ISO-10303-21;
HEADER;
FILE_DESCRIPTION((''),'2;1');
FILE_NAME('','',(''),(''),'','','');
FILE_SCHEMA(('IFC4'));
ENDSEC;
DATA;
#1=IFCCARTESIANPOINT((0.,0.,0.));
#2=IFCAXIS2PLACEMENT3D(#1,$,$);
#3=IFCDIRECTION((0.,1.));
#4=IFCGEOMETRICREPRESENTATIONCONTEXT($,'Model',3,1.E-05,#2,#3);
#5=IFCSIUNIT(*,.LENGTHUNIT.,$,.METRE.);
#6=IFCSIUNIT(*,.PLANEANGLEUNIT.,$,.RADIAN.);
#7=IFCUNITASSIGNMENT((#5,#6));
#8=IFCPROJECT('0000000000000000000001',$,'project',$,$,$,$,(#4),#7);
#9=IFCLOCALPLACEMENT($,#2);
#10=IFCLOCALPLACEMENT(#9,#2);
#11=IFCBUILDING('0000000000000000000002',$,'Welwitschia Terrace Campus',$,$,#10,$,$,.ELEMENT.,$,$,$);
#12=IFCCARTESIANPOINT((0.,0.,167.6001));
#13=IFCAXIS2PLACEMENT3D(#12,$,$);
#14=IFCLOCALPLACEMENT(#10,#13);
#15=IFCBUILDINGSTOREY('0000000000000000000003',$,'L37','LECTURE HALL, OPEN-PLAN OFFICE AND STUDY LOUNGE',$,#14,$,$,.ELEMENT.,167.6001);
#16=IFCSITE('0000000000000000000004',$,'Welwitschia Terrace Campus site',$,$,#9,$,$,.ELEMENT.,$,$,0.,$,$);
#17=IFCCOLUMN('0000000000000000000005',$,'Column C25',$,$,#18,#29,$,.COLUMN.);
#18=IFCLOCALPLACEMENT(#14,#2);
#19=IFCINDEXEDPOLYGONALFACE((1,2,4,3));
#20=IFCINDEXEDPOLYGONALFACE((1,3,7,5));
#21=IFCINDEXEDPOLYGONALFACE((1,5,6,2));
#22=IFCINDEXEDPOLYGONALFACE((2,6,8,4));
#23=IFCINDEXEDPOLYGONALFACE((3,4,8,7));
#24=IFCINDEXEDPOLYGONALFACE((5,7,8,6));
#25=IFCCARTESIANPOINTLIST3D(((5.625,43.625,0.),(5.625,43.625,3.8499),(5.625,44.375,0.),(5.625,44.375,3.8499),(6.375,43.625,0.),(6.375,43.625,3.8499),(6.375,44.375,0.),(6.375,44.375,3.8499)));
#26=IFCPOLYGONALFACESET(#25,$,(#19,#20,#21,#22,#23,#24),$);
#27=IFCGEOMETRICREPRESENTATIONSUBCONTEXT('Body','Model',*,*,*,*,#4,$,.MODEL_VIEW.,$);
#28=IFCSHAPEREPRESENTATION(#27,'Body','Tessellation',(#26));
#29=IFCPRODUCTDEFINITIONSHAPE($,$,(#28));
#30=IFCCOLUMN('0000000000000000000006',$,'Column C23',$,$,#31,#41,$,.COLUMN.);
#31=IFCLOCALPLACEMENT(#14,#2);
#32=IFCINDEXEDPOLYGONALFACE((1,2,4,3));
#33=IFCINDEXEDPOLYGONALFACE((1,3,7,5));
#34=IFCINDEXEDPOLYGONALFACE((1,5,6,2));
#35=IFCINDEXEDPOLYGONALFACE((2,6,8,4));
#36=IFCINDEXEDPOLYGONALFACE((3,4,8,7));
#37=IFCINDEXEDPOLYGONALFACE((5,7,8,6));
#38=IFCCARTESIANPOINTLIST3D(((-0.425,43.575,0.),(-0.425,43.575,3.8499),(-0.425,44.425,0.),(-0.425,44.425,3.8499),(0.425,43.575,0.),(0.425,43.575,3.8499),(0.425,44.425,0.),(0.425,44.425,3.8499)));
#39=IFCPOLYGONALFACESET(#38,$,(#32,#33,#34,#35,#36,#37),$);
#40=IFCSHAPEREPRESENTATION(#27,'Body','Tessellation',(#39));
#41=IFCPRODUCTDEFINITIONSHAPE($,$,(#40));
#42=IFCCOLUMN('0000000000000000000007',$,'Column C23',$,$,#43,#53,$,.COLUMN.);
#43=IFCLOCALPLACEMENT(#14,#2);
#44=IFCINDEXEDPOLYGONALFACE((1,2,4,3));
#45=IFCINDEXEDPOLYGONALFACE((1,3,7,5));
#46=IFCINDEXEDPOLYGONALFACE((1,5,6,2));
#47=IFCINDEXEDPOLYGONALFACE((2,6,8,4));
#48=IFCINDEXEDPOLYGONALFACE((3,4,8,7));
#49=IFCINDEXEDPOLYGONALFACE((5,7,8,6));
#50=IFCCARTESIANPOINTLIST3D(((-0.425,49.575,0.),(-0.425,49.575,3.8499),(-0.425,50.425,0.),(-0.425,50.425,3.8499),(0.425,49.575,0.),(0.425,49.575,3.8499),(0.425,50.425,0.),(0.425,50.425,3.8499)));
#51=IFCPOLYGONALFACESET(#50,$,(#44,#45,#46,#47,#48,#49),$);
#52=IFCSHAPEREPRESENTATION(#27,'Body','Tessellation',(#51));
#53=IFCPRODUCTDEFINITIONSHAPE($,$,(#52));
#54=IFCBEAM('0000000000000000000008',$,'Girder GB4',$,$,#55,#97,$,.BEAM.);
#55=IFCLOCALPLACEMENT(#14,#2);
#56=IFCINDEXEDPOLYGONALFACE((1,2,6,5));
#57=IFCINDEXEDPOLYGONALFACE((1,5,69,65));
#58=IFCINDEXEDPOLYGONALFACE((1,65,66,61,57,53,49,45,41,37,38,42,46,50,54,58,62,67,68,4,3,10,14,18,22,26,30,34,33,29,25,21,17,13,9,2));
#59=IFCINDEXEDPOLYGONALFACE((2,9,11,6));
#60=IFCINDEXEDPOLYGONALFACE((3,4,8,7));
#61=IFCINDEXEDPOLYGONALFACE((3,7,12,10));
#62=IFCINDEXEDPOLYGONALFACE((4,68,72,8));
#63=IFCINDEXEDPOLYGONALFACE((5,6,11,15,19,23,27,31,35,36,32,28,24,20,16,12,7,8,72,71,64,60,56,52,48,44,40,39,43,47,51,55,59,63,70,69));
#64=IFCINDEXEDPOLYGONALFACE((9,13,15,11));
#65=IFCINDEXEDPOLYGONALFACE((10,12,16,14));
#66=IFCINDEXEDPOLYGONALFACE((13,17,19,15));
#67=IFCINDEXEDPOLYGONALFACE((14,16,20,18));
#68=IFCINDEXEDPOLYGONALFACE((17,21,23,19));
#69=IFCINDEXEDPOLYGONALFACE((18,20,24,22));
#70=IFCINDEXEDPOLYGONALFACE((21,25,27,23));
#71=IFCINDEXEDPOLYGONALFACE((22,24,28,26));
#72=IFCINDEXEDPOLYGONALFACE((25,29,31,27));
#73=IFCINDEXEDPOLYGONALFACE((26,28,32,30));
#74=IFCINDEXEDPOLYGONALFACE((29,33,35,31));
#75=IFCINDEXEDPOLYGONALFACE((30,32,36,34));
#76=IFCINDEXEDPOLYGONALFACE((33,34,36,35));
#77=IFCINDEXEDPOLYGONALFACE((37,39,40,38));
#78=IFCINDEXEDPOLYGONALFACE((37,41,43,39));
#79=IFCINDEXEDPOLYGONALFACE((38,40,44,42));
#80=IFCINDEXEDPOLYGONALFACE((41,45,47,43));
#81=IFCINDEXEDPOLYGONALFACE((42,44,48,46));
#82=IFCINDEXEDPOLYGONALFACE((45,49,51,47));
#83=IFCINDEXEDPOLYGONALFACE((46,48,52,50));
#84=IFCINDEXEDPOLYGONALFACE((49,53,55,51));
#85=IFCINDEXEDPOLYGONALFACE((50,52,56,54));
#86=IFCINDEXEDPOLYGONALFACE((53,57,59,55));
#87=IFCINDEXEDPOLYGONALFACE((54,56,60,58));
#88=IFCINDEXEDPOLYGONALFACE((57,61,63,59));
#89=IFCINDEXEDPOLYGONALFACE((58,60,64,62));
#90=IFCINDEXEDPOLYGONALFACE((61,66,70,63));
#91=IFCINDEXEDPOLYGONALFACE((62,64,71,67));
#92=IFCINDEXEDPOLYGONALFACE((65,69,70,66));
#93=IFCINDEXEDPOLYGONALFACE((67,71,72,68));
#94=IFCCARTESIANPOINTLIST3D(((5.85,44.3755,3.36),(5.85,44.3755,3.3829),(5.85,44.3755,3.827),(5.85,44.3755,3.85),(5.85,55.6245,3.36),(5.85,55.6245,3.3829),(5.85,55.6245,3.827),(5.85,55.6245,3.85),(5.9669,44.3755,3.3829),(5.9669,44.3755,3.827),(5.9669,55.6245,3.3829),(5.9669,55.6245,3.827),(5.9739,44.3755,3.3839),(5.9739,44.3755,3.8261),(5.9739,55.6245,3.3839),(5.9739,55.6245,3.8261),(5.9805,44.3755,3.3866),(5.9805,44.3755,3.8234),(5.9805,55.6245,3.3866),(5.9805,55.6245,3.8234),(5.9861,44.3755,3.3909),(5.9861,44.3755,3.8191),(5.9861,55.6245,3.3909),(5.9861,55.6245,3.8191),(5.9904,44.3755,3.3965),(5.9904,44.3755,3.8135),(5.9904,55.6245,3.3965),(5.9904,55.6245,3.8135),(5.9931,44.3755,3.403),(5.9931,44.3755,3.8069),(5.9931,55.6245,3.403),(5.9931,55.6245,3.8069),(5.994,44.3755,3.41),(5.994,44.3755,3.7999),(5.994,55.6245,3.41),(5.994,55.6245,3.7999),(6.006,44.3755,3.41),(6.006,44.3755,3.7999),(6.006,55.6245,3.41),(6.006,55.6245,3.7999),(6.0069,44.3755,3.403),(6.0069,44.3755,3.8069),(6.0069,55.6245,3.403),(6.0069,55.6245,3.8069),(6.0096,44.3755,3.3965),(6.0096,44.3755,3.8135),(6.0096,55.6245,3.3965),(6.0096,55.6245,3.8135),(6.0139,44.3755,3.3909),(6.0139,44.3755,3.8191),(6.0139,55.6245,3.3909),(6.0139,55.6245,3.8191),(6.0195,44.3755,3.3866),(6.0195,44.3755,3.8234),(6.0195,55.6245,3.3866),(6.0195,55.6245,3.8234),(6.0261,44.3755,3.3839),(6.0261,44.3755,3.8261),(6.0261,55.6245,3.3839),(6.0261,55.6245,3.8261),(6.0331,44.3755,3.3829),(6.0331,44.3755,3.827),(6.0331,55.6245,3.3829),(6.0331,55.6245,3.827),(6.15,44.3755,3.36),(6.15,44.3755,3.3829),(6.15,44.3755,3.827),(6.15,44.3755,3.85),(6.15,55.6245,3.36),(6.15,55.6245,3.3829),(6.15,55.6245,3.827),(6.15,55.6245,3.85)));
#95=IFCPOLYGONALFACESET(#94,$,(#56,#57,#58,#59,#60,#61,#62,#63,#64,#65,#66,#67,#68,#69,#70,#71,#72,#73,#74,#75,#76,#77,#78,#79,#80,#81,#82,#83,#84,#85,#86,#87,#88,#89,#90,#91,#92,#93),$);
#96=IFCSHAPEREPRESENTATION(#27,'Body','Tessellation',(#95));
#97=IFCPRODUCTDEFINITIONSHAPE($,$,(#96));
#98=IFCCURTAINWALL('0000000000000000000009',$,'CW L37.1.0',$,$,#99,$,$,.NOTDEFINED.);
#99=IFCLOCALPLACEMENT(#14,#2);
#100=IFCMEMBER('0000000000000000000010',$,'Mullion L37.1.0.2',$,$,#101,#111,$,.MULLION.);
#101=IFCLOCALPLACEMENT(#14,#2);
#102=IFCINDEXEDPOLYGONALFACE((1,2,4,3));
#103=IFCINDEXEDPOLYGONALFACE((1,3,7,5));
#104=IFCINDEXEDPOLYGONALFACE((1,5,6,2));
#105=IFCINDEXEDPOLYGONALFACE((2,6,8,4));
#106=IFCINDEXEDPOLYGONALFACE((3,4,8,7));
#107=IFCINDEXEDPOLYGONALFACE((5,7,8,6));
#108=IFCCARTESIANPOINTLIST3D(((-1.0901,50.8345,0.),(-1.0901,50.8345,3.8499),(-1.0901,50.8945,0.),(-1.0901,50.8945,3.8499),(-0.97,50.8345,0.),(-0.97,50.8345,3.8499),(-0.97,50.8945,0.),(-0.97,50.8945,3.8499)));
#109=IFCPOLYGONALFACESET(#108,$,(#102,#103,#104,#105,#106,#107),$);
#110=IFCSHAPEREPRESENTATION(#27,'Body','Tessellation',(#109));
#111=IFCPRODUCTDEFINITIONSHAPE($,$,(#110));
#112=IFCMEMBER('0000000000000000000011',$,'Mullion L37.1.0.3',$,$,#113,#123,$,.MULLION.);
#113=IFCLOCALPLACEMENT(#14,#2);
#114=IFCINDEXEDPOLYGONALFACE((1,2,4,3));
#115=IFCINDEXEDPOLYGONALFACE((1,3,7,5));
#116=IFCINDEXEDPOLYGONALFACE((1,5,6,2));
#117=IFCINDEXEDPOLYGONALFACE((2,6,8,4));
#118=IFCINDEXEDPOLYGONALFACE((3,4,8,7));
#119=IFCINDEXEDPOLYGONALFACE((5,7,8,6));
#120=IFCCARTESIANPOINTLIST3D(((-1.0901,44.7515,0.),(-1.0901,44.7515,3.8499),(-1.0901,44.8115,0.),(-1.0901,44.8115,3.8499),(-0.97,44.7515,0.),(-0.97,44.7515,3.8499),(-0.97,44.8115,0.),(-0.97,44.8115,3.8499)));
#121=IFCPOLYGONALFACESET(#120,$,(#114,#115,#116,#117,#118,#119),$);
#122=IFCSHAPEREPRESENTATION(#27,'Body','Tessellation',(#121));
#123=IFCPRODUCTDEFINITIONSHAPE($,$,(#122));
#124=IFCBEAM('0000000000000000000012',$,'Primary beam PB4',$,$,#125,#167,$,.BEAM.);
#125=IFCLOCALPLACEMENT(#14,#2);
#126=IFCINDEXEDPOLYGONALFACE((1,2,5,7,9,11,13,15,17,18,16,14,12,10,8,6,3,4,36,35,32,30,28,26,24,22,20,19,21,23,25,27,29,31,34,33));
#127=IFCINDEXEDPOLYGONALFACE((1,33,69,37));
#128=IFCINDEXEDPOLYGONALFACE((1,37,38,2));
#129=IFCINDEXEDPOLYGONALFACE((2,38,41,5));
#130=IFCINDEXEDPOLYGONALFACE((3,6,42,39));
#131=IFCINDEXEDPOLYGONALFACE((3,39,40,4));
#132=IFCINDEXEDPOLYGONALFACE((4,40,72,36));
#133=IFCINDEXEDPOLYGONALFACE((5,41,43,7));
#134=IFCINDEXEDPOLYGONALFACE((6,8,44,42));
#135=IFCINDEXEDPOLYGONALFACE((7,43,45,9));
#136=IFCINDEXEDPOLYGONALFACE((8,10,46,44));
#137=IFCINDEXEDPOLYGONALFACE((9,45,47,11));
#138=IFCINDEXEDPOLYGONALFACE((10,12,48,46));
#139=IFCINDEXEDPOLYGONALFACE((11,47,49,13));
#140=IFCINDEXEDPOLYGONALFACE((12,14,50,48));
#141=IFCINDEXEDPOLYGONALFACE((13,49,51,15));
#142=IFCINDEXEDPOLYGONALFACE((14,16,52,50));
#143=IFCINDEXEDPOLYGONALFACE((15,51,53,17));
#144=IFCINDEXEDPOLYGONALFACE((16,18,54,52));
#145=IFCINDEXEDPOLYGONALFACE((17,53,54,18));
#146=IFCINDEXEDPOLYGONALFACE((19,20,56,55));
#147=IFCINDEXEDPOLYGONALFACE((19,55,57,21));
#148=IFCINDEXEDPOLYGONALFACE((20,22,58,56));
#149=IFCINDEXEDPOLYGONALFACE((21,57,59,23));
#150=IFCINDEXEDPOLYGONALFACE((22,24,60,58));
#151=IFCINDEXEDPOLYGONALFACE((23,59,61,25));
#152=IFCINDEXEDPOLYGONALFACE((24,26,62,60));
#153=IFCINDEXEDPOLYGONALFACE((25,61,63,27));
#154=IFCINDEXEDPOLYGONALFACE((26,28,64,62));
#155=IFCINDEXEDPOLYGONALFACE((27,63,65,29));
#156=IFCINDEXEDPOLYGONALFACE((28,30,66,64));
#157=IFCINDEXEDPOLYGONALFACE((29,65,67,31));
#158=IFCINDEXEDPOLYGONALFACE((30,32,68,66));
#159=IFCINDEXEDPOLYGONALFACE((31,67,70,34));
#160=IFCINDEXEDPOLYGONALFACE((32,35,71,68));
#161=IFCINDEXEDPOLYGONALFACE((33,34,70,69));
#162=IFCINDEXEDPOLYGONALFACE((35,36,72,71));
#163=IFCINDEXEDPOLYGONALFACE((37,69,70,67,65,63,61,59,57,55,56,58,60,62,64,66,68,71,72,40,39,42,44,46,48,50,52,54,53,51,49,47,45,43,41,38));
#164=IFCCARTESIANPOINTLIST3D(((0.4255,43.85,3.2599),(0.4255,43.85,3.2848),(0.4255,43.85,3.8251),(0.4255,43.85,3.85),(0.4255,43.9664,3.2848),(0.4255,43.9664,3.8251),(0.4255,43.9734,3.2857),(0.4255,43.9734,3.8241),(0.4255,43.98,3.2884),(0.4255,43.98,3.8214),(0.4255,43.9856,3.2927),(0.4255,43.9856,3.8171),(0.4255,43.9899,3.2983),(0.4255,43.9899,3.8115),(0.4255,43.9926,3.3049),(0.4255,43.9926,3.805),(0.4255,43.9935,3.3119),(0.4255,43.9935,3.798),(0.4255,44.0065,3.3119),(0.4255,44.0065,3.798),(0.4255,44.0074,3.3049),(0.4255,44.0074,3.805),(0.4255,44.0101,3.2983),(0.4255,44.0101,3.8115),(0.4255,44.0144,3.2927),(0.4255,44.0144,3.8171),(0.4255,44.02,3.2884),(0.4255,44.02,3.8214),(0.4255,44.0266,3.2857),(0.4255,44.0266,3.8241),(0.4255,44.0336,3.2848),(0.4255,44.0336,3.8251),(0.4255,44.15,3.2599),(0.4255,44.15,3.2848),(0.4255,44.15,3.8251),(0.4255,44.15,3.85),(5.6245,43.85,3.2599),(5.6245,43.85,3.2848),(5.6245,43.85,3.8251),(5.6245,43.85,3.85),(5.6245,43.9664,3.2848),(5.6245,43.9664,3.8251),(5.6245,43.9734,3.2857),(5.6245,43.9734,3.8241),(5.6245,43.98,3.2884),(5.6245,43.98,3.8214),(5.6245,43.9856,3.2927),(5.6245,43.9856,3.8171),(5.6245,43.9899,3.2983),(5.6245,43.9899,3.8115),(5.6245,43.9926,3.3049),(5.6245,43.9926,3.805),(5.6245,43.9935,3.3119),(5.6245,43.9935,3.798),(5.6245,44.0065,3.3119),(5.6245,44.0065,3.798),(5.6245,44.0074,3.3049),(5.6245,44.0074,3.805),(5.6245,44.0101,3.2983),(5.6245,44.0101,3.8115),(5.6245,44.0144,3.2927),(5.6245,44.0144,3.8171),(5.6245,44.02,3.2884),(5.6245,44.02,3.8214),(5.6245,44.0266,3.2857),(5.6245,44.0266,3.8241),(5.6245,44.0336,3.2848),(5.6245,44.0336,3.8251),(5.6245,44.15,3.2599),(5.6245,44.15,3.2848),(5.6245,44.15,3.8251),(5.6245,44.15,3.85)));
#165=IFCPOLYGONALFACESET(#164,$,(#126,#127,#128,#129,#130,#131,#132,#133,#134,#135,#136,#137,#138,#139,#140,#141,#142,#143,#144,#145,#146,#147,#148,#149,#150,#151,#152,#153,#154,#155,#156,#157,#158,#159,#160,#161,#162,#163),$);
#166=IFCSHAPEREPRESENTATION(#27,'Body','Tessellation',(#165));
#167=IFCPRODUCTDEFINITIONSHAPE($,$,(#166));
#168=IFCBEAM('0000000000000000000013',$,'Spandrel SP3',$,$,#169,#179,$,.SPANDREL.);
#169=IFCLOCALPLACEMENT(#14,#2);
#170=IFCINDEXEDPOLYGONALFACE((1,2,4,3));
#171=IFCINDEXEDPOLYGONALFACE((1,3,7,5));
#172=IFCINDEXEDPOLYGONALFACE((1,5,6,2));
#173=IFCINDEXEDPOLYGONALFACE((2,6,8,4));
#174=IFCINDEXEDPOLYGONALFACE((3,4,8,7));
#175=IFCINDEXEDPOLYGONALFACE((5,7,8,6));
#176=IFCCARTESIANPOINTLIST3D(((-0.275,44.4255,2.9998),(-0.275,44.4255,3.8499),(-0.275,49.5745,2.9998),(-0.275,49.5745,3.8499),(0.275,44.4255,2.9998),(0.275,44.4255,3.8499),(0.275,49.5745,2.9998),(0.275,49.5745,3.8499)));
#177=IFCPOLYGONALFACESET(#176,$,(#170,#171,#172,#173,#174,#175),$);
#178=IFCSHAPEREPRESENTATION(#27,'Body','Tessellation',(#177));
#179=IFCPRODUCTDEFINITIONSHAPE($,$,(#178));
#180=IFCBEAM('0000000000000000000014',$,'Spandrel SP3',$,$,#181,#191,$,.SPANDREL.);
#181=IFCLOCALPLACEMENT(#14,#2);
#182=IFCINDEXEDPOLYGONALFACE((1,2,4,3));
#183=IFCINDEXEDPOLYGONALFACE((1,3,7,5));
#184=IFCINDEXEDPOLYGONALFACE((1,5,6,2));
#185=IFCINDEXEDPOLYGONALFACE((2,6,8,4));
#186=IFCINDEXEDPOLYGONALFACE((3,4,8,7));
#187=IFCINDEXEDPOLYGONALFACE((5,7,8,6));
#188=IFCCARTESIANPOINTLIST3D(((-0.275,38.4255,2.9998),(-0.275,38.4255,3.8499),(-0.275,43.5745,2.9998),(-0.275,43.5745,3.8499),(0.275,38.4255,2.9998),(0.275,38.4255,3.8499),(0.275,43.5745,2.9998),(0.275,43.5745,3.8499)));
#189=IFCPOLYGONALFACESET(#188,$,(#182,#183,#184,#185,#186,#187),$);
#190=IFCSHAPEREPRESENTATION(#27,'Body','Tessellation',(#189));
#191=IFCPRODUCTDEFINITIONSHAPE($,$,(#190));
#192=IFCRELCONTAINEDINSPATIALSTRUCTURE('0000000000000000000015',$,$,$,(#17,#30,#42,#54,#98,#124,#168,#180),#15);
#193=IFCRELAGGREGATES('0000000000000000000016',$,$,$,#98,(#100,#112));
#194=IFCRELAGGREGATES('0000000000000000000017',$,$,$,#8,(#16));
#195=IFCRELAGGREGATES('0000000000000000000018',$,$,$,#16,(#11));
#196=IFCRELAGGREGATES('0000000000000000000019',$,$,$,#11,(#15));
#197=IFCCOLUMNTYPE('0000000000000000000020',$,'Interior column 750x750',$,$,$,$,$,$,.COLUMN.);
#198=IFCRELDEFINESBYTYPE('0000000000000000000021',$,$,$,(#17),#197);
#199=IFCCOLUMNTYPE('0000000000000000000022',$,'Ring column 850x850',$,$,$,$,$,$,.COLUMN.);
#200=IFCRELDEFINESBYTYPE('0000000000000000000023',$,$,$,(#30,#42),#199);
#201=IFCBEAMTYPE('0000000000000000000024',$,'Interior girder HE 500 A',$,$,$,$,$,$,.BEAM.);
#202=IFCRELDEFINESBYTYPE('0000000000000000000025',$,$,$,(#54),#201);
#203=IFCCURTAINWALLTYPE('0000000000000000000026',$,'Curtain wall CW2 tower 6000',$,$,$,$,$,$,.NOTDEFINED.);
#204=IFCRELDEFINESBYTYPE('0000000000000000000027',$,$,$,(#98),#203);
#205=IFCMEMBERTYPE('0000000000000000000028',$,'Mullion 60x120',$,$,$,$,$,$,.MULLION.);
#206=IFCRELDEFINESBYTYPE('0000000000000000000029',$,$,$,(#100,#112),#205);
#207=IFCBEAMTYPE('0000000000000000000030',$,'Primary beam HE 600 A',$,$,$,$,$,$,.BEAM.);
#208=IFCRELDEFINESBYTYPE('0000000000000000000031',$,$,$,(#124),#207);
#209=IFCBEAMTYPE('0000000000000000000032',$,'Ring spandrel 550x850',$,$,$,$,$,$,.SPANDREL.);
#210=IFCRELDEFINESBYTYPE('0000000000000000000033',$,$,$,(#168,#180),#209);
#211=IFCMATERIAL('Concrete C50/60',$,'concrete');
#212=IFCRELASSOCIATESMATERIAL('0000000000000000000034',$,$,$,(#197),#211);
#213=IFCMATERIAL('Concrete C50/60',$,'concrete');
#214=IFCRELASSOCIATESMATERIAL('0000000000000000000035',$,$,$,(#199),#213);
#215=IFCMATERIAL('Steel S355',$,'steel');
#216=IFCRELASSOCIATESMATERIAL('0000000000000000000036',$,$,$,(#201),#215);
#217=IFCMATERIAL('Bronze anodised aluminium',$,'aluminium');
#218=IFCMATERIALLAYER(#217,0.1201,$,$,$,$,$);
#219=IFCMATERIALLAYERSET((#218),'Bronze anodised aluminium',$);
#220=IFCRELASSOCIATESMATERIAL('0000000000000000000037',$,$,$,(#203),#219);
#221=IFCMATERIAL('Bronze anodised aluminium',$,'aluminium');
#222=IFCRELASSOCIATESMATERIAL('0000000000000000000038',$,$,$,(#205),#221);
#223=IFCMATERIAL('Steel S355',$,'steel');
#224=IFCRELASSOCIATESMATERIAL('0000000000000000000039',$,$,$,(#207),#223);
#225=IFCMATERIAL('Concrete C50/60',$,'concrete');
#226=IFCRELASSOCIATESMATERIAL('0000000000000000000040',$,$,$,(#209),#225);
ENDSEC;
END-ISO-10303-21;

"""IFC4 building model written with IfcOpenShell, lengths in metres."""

from ifc_helpers import new_model, si_unit, direction, frame, origin, origin_2d, place, context, subcontext, project, spatial, rectangle, i_section, extrude, material, layer, layer_set, material_profile, profile_set, type_object, element, aggregate, save


model = new_model("IFC4")

# Units and contexts
model_context = context("Model", 3, precision=1e-05, world=origin(), true_north=direction((0.0, 1.0)))
body_context = subcontext(model_context, "Body", "Model", "MODEL_VIEW")
ifc_project = project(units=[si_unit("LENGTHUNIT", "METRE"), si_unit("PLANEANGLEUNIT", "RADIAN")], contexts=[model_context])

# Site, building, storey
site_placement = place(None, origin())
site = spatial("IfcSite", under=ifc_project, at=site_placement, Name="Welwitschia Terrace Campus site", CompositionType="ELEMENT", RefElevation=0.0)
building_placement = place(site_placement, origin())
building = spatial("IfcBuilding", under=site, at=building_placement, Name="Welwitschia Terrace Campus", CompositionType="ELEMENT")
storey_placement = place(building_placement, frame((0.0, 0.0, 167.6001)))
storey = spatial("IfcBuildingStorey", under=building, at=storey_placement, Name="L37", Description="LECTURE HALL, OPEN-PLAN OFFICE AND STUDY LOUNGE", CompositionType="ELEMENT", Elevation=167.6001)

# Columns
ifc_material_1 = material(Name="Concrete C50/60", Category="concrete")
ifc_material_profile_1 = material_profile(ifc_material_1, rectangle(XDim=0.75, YDim=0.75, at=origin_2d()))
ifc_profile_set_1 = profile_set([ifc_material_profile_1], Name="Concrete C50/60")
column_type_1 = type_object("IfcColumnType", Name="Interior column 750x750", PredefinedType="COLUMN", material=ifc_profile_set_1)
column_placement = place(storey_placement, frame((6.0, 44.0, 0.0), z_axis=(0.0, 0.0, 1.0), x_axis=(1.0, 0.0, 0.0)))
element("IfcColumn", 1, at=column_placement, inside=storey, type_object=column_type_1, Name="Column C25", PredefinedType="COLUMN", context=body_context, shape_type="SweptSolid", body=[
    extrude(rectangle(XDim=0.75, YDim=0.75, at=origin_2d()), origin(), (0.0, 0.0, 1.0), 3.8499),
])
ifc_material_2 = material(Name="Concrete C50/60", Category="concrete")
ifc_material_profile_2 = material_profile(ifc_material_2, rectangle(XDim=0.8501, YDim=0.8501, at=origin_2d()))
ifc_profile_set_2 = profile_set([ifc_material_profile_2], Name="Concrete C50/60")
column_type_2 = type_object("IfcColumnType", Name="Ring column 850x850", PredefinedType="COLUMN", material=ifc_profile_set_2)
for number, where, z_axis, x_axis, name in (
    (2, (0.0, 44.0, 0.0), (0.0, 0.0, 1.0), (1.0, 0.0, 0.0), "Column C23"),
    (3, (0.0, 50.0, 0.0), (0.0, 0.0, 1.0), (1.0, 0.0, 0.0), "Column C23"),
):
    element("IfcColumn", number, at=place(storey_placement, frame(where, z_axis=z_axis, x_axis=x_axis)), inside=storey, type_object=column_type_2, Name=name, PredefinedType="COLUMN", context=body_context, shape_type="SweptSolid", body=[
        extrude(rectangle(XDim=0.8501, YDim=0.8501, at=origin_2d()), origin(), (0.0, 0.0, 1.0), 3.8499),
    ])

# Beam
ifc_material_3 = material(Name="Steel S355", Category="steel")
ifc_material_profile_3 = material_profile(ifc_material_3, i_section(OverallWidth=0.3, OverallDepth=0.49, WebThickness=0.012, FlangeThickness=0.0229, FilletRadius=0.0271, at=origin_2d()))
ifc_profile_set_3 = profile_set([ifc_material_profile_3], Name="Steel S355")
beam_type_1 = type_object("IfcBeamType", Name="Interior girder HE 500 A", PredefinedType="BEAM", material=ifc_profile_set_3)
beam_1_placement = place(storey_placement, frame((6.0, 44.3755, 3.605), z_axis=(0.0, 1.0, 0.0), x_axis=(-1.0, 0.0, 0.0)))
element("IfcBeam", 4, at=beam_1_placement, inside=storey, type_object=beam_type_1, Name="Girder GB4", PredefinedType="BEAM", context=body_context, shape_type="SweptSolid", body=[
    extrude(i_section(OverallWidth=0.3, OverallDepth=0.49, WebThickness=0.012, FlangeThickness=0.0229, FilletRadius=0.0271, at=origin_2d()), origin(), (0.0, 0.0, 1.0), 11.249),
])

# Curtain wall, members
ifc_material_4 = material(Name="Bronze anodised aluminium", Category="aluminium")
ifc_layer_1 = layer(ifc_material_4, 0.1201)
ifc_layer_set_1 = layer_set([ifc_layer_1], Name="Bronze anodised aluminium")
curtain_wall_type = type_object("IfcCurtainWallType", Name="Curtain wall CW2 tower 6000", PredefinedType="NOTDEFINED", material=ifc_layer_set_1)
curtain_wall_placement = place(storey_placement, origin())
curtain_wall = element("IfcCurtainWall", 5, at=curtain_wall_placement, inside=storey, type_object=curtain_wall_type, Name="CW L37.1.0", PredefinedType="NOTDEFINED")
ifc_material_5 = material(Name="Bronze anodised aluminium", Category="aluminium")
ifc_material_profile_4 = material_profile(ifc_material_5, rectangle(XDim=0.1201, YDim=0.0601, at=origin_2d()))
ifc_profile_set_4 = profile_set([ifc_material_profile_4], Name="Bronze anodised aluminium")
member_type = type_object("IfcMemberType", Name="Mullion 60x120", PredefinedType="MULLION", material=ifc_profile_set_4)
member_1_placement = place(storey_placement, frame((-1.03, 50.8645, 0.0), z_axis=(0.0, 0.0, 1.0), x_axis=(1.0, 0.0, 0.0)))
member_1 = element("IfcMember", 6, at=member_1_placement, type_object=member_type, Name="Mullion L37.1.0.2", PredefinedType="MULLION", context=body_context, shape_type="SweptSolid", body=[
    extrude(rectangle(XDim=0.1201, YDim=0.0601, at=origin_2d()), origin(), (0.0, 0.0, 1.0), 3.8499),
])
member_2_placement = place(storey_placement, frame((-1.03, 44.7815, 0.0), z_axis=(0.0, 0.0, 1.0), x_axis=(1.0, 0.0, 0.0)))
member_2 = element("IfcMember", 7, at=member_2_placement, type_object=member_type, Name="Mullion L37.1.0.3", PredefinedType="MULLION", context=body_context, shape_type="SweptSolid", body=[
    extrude(rectangle(XDim=0.1201, YDim=0.0601, at=origin_2d()), origin(), (0.0, 0.0, 1.0), 3.8499),
])

# Beams
ifc_material_6 = material(Name="Steel S355", Category="steel")
ifc_material_profile_5 = material_profile(ifc_material_6, i_section(OverallWidth=0.3, OverallDepth=0.5901, WebThickness=0.0129, FlangeThickness=0.0249, FilletRadius=0.0271, at=origin_2d()))
ifc_profile_set_5 = profile_set([ifc_material_profile_5], Name="Steel S355")
beam_type_2 = type_object("IfcBeamType", Name="Primary beam HE 600 A", PredefinedType="BEAM", material=ifc_profile_set_5)
beam_2_placement = place(storey_placement, frame((0.4255, 44.0, 3.5549), z_axis=(1.0, 0.0, 0.0), x_axis=(0.0, 1.0, 0.0)))
element("IfcBeam", 8, at=beam_2_placement, inside=storey, type_object=beam_type_2, Name="Primary beam PB4", PredefinedType="BEAM", context=body_context, shape_type="SweptSolid", body=[
    extrude(i_section(OverallWidth=0.3, OverallDepth=0.5901, WebThickness=0.0129, FlangeThickness=0.0249, FilletRadius=0.0271, at=origin_2d()), origin(), (0.0, 0.0, 1.0), 5.199),
])
ifc_material_7 = material(Name="Concrete C50/60", Category="concrete")
ifc_material_profile_6 = material_profile(ifc_material_7, rectangle(XDim=0.55, YDim=0.8501, at=origin_2d()))
ifc_profile_set_6 = profile_set([ifc_material_profile_6], Name="Concrete C50/60")
beam_type_3 = type_object("IfcBeamType", Name="Ring spandrel 550x850", PredefinedType="SPANDREL", material=ifc_profile_set_6)
for number, where, z_axis, x_axis, name in (
    (9, (0.0, 49.5745, 3.4248), (0.0, -1.0, 0.0), (1.0, 0.0, 0.0), "Spandrel SP3"),
    (10, (0.0, 43.5745, 3.4248), (0.0, -1.0, 0.0), (1.0, 0.0, 0.0), "Spandrel SP3"),
):
    element("IfcBeam", number, at=place(storey_placement, frame(where, z_axis=z_axis, x_axis=x_axis)), inside=storey, type_object=beam_type_3, Name=name, PredefinedType="SPANDREL", context=body_context, shape_type="SweptSolid", body=[
        extrude(rectangle(XDim=0.55, YDim=0.8501, at=origin_2d()), origin(), (0.0, 0.0, 1.0), 5.1489),
    ])

aggregate(curtain_wall, [member_1, member_2])

save(model, "model.ifc")
